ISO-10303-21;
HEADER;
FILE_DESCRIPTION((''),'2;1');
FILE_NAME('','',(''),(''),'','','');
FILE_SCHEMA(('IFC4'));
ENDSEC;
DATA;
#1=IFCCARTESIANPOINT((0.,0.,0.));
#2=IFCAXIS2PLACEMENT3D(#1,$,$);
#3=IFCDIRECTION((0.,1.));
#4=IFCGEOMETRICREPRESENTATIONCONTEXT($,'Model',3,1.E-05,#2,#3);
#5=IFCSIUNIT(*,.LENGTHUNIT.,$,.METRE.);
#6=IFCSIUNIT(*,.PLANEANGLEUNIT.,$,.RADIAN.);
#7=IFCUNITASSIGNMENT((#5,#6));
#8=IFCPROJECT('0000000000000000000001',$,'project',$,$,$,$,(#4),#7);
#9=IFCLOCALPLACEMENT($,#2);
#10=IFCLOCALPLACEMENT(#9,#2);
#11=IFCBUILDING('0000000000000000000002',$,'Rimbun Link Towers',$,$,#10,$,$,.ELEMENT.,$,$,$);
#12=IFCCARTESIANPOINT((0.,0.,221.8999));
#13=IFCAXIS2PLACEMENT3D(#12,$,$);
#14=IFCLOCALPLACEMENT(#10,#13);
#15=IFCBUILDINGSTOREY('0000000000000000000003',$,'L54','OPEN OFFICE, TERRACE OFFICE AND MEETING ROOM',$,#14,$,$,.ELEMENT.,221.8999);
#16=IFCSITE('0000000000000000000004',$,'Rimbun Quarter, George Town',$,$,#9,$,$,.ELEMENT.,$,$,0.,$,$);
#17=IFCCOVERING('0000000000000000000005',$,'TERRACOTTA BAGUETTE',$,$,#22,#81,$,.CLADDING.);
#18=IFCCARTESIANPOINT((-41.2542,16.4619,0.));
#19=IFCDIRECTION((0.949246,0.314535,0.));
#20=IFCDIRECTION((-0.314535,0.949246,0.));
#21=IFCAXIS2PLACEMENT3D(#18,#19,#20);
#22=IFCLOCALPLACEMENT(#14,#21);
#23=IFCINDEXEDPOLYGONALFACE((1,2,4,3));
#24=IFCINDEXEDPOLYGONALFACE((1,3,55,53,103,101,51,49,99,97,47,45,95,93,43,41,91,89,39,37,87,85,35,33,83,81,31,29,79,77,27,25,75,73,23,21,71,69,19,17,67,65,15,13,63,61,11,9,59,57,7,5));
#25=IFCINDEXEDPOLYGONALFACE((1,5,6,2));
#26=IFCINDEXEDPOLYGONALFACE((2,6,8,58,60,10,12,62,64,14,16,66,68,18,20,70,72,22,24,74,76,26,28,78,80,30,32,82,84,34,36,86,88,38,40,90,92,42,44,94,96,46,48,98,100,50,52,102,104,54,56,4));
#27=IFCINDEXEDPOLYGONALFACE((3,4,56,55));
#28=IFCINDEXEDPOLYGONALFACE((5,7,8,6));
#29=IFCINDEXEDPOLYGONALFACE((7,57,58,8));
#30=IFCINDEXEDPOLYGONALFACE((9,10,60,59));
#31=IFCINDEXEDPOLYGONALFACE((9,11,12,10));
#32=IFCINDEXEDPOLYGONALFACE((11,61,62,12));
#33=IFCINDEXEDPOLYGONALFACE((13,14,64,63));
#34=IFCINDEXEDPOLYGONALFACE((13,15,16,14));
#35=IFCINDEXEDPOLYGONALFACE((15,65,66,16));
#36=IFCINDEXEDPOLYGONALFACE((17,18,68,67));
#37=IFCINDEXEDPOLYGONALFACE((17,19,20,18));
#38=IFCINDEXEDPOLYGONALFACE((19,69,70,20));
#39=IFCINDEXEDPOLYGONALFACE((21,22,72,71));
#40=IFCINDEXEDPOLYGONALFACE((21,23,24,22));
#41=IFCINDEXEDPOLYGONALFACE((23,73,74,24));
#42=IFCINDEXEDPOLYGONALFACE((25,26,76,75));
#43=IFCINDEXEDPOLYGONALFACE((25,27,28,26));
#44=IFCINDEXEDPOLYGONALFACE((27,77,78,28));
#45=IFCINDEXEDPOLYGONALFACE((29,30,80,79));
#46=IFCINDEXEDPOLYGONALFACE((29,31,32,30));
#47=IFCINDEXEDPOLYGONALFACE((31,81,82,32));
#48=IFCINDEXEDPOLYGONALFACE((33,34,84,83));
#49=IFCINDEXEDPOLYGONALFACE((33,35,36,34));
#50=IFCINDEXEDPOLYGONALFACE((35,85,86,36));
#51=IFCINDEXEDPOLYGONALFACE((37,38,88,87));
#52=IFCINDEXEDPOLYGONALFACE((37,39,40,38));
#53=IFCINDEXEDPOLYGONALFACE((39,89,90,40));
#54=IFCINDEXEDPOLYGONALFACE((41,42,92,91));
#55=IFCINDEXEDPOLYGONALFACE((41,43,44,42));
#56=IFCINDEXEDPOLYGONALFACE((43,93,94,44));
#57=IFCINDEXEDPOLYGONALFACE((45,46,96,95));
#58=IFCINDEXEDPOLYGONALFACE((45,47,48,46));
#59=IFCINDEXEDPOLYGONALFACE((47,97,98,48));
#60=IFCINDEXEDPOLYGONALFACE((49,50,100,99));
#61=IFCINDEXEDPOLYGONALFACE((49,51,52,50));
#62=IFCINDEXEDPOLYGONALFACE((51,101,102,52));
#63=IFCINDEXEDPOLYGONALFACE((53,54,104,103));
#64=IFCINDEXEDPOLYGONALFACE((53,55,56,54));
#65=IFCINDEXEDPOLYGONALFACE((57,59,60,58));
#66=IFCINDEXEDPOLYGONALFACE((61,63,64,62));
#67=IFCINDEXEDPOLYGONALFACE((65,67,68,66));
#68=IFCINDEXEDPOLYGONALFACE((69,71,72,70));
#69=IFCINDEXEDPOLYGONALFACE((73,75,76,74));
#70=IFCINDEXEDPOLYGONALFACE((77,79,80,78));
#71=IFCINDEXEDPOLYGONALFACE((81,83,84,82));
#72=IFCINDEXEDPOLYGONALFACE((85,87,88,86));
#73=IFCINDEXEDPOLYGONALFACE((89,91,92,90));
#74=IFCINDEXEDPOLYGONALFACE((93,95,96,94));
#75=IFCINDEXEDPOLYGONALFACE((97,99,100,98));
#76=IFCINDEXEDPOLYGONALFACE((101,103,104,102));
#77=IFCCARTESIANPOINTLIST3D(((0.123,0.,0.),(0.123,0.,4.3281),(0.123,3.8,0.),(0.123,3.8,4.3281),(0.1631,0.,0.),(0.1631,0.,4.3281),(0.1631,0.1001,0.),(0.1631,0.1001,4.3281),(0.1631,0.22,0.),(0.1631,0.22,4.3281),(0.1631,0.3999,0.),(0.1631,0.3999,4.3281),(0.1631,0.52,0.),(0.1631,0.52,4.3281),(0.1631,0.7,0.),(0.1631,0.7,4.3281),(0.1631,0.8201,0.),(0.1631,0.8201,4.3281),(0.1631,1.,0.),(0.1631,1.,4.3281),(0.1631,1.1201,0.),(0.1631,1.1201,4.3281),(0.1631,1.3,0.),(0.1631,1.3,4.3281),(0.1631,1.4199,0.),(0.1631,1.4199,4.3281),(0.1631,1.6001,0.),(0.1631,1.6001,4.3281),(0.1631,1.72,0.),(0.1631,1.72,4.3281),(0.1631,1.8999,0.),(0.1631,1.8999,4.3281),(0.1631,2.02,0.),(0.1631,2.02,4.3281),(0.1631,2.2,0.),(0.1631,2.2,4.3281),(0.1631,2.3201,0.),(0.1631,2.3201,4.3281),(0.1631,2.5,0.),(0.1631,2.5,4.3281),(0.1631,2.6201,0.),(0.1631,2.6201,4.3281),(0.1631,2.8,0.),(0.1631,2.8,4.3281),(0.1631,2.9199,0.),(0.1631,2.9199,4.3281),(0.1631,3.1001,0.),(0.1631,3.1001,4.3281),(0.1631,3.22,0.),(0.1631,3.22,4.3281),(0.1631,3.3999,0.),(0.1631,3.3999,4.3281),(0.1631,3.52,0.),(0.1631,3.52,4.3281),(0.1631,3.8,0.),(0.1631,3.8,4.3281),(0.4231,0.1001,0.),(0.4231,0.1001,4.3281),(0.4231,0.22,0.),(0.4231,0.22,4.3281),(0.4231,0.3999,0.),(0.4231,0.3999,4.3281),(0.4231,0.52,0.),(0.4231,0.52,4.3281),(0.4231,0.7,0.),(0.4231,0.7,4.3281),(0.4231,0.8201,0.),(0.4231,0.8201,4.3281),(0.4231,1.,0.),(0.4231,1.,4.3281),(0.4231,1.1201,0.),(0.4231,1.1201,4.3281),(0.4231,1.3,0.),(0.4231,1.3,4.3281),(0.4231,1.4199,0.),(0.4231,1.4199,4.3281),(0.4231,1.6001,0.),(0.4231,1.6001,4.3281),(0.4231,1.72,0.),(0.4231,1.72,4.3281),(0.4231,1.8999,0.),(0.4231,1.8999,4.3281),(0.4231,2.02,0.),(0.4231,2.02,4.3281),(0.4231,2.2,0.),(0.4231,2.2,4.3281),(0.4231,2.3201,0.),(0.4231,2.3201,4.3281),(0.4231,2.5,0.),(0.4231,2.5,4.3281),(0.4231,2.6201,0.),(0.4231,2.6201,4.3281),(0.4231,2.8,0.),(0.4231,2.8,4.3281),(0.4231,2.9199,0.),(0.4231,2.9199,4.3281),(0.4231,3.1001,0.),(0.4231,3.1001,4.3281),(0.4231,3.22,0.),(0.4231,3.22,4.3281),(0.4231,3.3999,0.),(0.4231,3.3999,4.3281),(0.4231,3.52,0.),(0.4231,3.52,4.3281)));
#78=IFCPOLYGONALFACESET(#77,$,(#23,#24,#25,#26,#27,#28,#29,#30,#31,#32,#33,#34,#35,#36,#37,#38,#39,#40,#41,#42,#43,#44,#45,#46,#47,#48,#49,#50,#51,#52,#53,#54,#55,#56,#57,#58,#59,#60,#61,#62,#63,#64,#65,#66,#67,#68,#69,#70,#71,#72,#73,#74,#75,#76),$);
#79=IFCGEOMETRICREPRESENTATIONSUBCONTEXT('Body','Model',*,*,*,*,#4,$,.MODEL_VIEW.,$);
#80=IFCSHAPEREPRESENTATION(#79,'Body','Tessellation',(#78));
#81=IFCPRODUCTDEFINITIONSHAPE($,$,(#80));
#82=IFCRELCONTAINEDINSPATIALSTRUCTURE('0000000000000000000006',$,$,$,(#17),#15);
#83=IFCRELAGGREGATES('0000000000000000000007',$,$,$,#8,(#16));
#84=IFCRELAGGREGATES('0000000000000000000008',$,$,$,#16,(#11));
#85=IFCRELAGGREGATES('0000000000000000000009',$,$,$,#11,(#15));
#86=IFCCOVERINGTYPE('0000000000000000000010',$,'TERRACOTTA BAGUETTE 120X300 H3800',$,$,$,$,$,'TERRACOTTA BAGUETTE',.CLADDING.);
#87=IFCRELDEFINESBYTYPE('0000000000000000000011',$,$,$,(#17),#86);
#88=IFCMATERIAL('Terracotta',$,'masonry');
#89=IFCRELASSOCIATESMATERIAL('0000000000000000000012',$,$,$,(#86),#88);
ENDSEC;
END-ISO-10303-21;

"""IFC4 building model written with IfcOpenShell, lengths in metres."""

from ifc_helpers import new_model, si_unit, direction, frame, origin, place, context, subcontext, project, spatial, polyline, outline, extrude, material, material_profile, profile_set, type_object, element, save


model = new_model("IFC4")

# Units and contexts
model_context = context("Model", 3, precision=1e-05, world=origin(), true_north=direction((0.0, 1.0)))
body_context = subcontext(model_context, "Body", "Model", "MODEL_VIEW")
ifc_project = project(units=[si_unit("LENGTHUNIT", "METRE"), si_unit("PLANEANGLEUNIT", "RADIAN")], contexts=[model_context])

# Site, building, storey
site_placement = place(None, origin())
site = spatial("IfcSite", under=ifc_project, at=site_placement, Name="Rimbun Quarter, George Town", CompositionType="ELEMENT", RefElevation=0.0)
building_placement = place(site_placement, origin())
building = spatial("IfcBuilding", under=site, at=building_placement, Name="Rimbun Link Towers", CompositionType="ELEMENT")
storey_placement = place(building_placement, frame((0.0, 0.0, 221.8999)))
storey = spatial("IfcBuildingStorey", under=building, at=storey_placement, Name="L54", Description="OPEN OFFICE, TERRACE OFFICE AND MEETING ROOM", CompositionType="ELEMENT", Elevation=221.8999)

# Covering
ifc_material_1 = material(Name="Terracotta", Category="masonry")
ifc_material_profile_1 = material_profile(ifc_material_1, outline(polyline([(0.123, 0.0), (0.1631, 0.0), (0.1631, 0.1001), (0.4231, 0.1001), (0.4231, 0.22), (0.1631, 0.22), (0.1631, 0.3999), (0.4231, 0.3999), (0.4231, 0.52), (0.1631, 0.52), (0.1631, 0.7), (0.4231, 0.7), (0.4231, 0.8201), (0.1631, 0.8201), (0.1631, 1.0), (0.4231, 1.0), (0.4231, 1.1201), (0.1631, 1.1201), (0.1631, 1.3), (0.4231, 1.3), (0.4231, 1.4199), (0.1631, 1.4199), (0.1631, 1.6001), (0.4231, 1.6001), (0.4231, 1.72), (0.1631, 1.72), (0.1631, 1.8999), (0.4231, 1.8999), (0.4231, 2.02), (0.1631, 2.02), (0.1631, 2.2), (0.4231, 2.2), (0.4231, 2.3201), (0.1631, 2.3201), (0.1631, 2.5), (0.4231, 2.5), (0.4231, 2.6201), (0.1631, 2.6201), (0.1631, 2.8), (0.4231, 2.8), (0.4231, 2.9199), (0.1631, 2.9199), (0.1631, 3.1001), (0.4231, 3.1001), (0.4231, 3.22), (0.1631, 3.22), (0.1631, 3.3999), (0.4231, 3.3999), (0.4231, 3.52), (0.1631, 3.52), (0.1631, 3.8), (0.123, 3.8), (0.123, 0.0)])), Name="BAGUETTE 120X300")
ifc_profile_set_1 = profile_set([ifc_material_profile_1], Name="Terracotta")
covering_type = type_object("IfcCoveringType", Name="TERRACOTTA BAGUETTE 120X300 H3800", ElementType="TERRACOTTA BAGUETTE", PredefinedType="CLADDING", material=ifc_profile_set_1)
covering_placement = place(storey_placement, frame((-41.2542, 16.4619, 0.0), z_axis=(0.949246, 0.314535, 0.0), x_axis=(-0.314535, 0.949246, 0.0)))
element("IfcCovering", 1, at=covering_placement, inside=storey, type_object=covering_type, Name="TERRACOTTA BAGUETTE", PredefinedType="CLADDING", context=body_context, shape_type="SweptSolid", body=[
    extrude(outline(polyline([(0.123, 0.0), (0.1631, 0.0), (0.1631, 0.1001), (0.4231, 0.1001), (0.4231, 0.22), (0.1631, 0.22), (0.1631, 0.3999), (0.4231, 0.3999), (0.4231, 0.52), (0.1631, 0.52), (0.1631, 0.7), (0.4231, 0.7), (0.4231, 0.8201), (0.1631, 0.8201), (0.1631, 1.0), (0.4231, 1.0), (0.4231, 1.1201), (0.1631, 1.1201), (0.1631, 1.3), (0.4231, 1.3), (0.4231, 1.4199), (0.1631, 1.4199), (0.1631, 1.6001), (0.4231, 1.6001), (0.4231, 1.72), (0.1631, 1.72), (0.1631, 1.8999), (0.4231, 1.8999), (0.4231, 2.02), (0.1631, 2.02), (0.1631, 2.2), (0.4231, 2.2), (0.4231, 2.3201), (0.1631, 2.3201), (0.1631, 2.5), (0.4231, 2.5), (0.4231, 2.6201), (0.1631, 2.6201), (0.1631, 2.8), (0.4231, 2.8), (0.4231, 2.9199), (0.1631, 2.9199), (0.1631, 3.1001), (0.4231, 3.1001), (0.4231, 3.22), (0.1631, 3.22), (0.1631, 3.3999), (0.4231, 3.3999), (0.4231, 3.52), (0.1631, 3.52), (0.1631, 3.8), (0.123, 3.8), (0.123, 0.0)])), origin(), (0.0, 0.0, 1.0), 4.3281),
])

save(model, "model.ifc")
